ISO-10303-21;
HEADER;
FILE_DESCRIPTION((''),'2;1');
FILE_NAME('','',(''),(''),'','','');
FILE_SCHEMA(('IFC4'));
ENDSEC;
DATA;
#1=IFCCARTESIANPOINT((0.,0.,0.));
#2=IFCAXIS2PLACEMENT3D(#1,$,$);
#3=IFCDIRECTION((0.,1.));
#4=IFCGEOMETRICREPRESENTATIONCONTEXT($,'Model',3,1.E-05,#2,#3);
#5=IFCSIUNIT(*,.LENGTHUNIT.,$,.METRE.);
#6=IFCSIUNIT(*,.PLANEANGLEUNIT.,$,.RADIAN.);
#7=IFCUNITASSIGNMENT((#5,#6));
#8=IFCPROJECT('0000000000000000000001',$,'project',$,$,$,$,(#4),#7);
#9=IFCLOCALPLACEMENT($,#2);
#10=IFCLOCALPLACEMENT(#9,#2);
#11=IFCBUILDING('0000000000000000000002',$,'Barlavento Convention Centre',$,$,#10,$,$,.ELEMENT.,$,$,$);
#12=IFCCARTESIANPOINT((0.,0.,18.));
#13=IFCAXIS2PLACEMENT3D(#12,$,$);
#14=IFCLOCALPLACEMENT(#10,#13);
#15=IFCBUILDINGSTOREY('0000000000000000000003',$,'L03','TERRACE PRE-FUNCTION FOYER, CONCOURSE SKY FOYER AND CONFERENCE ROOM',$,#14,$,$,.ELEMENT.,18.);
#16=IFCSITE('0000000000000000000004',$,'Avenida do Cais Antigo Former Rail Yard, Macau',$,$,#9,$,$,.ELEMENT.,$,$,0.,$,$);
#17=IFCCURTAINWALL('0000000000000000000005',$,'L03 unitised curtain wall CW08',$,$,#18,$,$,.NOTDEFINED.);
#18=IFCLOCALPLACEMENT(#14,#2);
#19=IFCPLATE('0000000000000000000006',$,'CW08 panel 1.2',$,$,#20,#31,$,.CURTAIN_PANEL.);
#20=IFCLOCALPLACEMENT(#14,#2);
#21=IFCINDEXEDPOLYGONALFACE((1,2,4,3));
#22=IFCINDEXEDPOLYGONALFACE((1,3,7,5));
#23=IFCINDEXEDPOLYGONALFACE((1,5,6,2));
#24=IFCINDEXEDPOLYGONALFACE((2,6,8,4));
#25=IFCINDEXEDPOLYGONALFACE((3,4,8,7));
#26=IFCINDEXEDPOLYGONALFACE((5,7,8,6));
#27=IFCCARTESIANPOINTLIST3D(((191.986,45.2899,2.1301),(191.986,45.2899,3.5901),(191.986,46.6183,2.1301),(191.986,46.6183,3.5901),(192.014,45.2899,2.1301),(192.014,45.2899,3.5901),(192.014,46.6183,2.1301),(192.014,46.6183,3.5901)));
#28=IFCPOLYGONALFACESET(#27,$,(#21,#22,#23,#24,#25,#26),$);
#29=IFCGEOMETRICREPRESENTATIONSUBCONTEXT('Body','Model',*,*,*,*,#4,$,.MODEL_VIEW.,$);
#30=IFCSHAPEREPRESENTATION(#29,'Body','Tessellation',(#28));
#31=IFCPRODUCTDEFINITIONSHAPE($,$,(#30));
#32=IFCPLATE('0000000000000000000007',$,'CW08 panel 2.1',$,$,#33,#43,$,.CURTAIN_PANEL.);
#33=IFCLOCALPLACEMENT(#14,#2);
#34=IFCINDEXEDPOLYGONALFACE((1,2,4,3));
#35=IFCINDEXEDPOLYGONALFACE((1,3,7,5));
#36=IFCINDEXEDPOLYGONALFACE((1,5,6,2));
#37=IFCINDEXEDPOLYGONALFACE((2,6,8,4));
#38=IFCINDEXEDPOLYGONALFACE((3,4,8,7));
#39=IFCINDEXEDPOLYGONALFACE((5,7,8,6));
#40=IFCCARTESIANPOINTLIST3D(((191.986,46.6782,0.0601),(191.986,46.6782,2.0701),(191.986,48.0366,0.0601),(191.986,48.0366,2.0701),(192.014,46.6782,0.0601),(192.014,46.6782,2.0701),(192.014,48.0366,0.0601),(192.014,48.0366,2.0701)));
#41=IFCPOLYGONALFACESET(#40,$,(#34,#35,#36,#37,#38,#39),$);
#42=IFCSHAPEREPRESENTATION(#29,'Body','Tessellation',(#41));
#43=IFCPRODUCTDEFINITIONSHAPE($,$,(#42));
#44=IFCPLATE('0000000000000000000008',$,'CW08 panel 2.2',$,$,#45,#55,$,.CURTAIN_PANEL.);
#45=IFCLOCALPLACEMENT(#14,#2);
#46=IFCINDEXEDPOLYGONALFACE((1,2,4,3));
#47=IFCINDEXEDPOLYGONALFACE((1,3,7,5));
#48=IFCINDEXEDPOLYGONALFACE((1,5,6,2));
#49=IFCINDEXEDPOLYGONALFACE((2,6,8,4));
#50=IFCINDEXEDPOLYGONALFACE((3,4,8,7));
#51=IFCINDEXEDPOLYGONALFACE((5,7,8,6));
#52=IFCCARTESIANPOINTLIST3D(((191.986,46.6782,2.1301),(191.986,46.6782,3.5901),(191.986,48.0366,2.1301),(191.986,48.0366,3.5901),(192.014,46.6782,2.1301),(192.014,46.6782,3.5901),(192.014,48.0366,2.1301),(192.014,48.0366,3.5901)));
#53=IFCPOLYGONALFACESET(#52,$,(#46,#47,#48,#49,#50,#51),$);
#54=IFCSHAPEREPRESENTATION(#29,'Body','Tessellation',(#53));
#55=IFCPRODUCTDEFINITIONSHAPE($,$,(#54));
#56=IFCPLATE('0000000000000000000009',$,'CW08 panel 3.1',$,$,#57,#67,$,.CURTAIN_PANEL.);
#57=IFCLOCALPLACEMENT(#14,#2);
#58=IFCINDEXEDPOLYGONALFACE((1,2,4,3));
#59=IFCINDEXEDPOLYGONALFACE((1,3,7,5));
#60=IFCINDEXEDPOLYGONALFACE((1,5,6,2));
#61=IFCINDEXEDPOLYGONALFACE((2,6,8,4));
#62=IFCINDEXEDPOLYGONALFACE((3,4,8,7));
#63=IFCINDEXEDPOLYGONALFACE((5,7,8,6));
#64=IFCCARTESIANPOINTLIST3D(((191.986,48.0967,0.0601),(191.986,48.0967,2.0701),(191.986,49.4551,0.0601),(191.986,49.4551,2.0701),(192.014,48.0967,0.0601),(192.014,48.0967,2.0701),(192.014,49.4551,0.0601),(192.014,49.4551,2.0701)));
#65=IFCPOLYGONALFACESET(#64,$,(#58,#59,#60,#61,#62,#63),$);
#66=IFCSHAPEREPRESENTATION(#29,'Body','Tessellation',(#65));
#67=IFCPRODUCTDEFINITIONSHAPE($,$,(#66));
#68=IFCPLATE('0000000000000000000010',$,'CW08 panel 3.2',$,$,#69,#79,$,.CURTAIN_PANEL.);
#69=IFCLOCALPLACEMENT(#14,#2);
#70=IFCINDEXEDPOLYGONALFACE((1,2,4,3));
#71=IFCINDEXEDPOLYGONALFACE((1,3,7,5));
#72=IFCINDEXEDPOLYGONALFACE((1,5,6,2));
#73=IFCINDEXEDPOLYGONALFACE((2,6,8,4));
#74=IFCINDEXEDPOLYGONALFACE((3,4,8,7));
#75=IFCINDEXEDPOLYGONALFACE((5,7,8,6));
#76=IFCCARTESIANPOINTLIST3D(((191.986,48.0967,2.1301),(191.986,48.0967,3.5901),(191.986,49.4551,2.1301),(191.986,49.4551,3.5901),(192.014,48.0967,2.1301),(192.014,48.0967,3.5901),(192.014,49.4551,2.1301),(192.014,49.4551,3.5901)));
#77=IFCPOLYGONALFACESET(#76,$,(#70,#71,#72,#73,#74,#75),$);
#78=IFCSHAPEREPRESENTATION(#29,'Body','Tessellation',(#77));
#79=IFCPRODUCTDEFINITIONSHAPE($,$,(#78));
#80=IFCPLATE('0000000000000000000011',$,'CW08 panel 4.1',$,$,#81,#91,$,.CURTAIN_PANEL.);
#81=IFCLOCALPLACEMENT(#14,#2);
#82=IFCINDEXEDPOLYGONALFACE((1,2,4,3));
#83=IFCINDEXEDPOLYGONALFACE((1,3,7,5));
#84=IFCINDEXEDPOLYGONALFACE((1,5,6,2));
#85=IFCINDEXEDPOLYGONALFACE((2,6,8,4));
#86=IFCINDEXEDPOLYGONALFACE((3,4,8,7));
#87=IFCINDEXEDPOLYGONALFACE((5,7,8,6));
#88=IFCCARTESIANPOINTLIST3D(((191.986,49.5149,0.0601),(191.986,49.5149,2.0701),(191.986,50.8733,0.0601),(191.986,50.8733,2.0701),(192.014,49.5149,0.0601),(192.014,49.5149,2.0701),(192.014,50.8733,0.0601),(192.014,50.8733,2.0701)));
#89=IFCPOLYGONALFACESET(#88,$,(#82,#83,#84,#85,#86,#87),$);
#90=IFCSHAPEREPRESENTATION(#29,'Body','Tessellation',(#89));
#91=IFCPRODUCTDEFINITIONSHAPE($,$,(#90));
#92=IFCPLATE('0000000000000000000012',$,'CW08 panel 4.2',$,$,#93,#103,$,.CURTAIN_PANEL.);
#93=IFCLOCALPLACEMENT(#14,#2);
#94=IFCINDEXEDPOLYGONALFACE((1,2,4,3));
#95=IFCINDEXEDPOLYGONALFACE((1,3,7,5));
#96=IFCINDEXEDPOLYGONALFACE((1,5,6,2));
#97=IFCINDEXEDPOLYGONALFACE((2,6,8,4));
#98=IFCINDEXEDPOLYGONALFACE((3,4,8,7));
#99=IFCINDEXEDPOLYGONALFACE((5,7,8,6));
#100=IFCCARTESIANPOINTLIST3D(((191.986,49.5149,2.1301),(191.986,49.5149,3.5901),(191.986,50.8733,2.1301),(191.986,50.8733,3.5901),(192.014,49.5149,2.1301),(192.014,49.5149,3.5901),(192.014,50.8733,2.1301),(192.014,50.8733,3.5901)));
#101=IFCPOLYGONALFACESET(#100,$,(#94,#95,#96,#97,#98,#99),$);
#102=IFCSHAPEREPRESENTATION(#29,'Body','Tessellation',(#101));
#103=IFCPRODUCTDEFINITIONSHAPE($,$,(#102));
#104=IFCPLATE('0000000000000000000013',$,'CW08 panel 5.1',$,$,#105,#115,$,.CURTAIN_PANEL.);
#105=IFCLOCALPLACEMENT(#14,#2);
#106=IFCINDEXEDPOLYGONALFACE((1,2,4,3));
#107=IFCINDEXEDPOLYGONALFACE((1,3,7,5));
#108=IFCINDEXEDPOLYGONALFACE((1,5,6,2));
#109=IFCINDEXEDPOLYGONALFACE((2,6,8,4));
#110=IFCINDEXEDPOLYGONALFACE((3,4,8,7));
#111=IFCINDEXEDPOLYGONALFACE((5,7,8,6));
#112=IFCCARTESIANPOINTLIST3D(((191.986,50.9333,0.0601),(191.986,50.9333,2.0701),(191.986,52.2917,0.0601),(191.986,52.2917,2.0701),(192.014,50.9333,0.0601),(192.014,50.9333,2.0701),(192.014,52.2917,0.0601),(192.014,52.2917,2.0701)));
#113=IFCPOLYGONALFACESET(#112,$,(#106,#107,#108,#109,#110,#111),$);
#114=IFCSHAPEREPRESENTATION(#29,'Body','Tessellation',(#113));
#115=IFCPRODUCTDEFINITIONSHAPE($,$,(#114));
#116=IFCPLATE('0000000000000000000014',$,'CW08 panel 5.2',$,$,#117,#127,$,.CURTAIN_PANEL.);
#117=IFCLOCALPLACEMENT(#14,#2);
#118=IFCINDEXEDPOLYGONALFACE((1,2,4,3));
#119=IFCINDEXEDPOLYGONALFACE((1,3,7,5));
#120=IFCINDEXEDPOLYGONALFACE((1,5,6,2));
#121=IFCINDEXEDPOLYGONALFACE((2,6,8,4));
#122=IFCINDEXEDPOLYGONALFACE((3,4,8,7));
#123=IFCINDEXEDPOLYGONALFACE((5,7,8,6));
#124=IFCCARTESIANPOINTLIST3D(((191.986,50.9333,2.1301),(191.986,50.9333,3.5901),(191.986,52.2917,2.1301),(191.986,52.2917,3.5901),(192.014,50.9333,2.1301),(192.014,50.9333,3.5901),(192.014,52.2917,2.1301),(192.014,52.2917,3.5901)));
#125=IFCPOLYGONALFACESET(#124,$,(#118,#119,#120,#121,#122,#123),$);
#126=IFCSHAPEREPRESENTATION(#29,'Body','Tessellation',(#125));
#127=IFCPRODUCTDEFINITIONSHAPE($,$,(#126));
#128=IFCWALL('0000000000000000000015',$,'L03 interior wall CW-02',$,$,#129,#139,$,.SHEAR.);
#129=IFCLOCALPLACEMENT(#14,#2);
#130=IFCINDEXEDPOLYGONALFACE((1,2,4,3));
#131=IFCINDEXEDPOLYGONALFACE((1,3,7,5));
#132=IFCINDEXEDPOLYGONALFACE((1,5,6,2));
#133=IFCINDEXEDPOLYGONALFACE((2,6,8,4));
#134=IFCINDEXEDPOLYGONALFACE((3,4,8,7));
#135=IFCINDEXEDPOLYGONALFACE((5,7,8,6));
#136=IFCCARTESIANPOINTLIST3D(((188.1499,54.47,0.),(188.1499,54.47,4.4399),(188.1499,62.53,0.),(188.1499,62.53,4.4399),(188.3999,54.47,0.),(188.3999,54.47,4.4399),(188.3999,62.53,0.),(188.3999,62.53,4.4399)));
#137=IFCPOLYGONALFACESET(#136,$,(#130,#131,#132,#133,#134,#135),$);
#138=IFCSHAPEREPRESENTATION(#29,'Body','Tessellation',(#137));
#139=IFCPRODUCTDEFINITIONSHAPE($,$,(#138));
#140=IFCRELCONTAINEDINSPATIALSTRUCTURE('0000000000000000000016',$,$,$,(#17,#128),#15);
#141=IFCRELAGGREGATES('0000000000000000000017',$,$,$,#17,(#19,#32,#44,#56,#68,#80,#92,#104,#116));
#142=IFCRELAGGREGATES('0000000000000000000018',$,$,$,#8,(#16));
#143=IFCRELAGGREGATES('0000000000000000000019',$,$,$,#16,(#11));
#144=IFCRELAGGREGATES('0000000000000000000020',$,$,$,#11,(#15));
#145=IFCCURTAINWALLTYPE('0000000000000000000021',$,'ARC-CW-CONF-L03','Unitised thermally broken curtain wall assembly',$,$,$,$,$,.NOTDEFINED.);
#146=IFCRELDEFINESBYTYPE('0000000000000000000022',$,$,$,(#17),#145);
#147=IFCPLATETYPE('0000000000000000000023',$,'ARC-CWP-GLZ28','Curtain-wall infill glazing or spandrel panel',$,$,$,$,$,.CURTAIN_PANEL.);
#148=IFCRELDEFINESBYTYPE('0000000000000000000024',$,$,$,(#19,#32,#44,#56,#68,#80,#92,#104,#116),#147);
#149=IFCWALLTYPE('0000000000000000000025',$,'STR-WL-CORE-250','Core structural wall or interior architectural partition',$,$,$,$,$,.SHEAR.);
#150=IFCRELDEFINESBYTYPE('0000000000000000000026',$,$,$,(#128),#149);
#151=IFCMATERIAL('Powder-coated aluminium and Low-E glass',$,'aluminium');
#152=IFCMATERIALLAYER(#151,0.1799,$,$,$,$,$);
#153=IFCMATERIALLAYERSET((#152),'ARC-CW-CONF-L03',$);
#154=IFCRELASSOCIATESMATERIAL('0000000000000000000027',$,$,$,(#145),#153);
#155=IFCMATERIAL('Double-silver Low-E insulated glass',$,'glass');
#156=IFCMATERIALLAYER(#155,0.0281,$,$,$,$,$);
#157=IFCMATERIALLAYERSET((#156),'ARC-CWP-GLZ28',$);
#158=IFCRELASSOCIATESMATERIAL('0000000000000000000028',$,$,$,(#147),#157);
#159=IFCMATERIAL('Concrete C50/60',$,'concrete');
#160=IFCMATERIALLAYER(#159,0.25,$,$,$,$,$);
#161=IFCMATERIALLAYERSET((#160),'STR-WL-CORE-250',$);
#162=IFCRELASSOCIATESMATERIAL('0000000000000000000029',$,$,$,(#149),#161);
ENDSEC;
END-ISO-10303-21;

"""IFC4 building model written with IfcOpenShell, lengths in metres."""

from ifc_helpers import new_model, si_unit, direction, frame, frame_2d, origin, origin_2d, place, context, subcontext, project, spatial, rectangle, extrude, material, layer, layer_set, type_object, element, aggregate, save


model = new_model("IFC4")

# Units and contexts
model_context = context("Model", 3, precision=1e-05, world=origin(), true_north=direction((0.0, 1.0)))
body_context = subcontext(model_context, "Body", "Model", "MODEL_VIEW")
ifc_project = project(units=[si_unit("LENGTHUNIT", "METRE"), si_unit("PLANEANGLEUNIT", "RADIAN")], contexts=[model_context])

# Site, building, storey
site_placement = place(None, origin())
site = spatial("IfcSite", under=ifc_project, at=site_placement, Name="Avenida do Cais Antigo Former Rail Yard, Macau", CompositionType="ELEMENT", RefElevation=0.0)
building_placement = place(site_placement, origin())
building = spatial("IfcBuilding", under=site, at=building_placement, Name="Barlavento Convention Centre", CompositionType="ELEMENT")
storey_placement = place(building_placement, frame((0.0, 0.0, 18.0)))
storey = spatial("IfcBuildingStorey", under=building, at=storey_placement, Name="L03", Description="TERRACE PRE-FUNCTION FOYER, CONCOURSE SKY FOYER AND CONFERENCE ROOM", CompositionType="ELEMENT", Elevation=18.0)

# Curtain wall
ifc_material_1 = material(Name="Powder-coated aluminium and Low-E glass", Category="aluminium")
ifc_layer_1 = layer(ifc_material_1, 0.1799)
ifc_layer_set_1 = layer_set([ifc_layer_1], Name="ARC-CW-CONF-L03")
curtain_wall_type = type_object("IfcCurtainWallType", Name="ARC-CW-CONF-L03", Description="Unitised thermally broken curtain wall assembly", PredefinedType="NOTDEFINED", material=ifc_layer_set_1)
curtain_wall_placement = place(storey_placement, origin())
curtain_wall = element("IfcCurtainWall", 1, at=curtain_wall_placement, inside=storey, type_object=curtain_wall_type, Name="L03 unitised curtain wall CW08", PredefinedType="NOTDEFINED")

# Plates
ifc_material_2 = material(Name="Double-silver Low-E insulated glass", Category="glass")
ifc_layer_2 = layer(ifc_material_2, 0.0281)
ifc_layer_set_2 = layer_set([ifc_layer_2], Name="ARC-CWP-GLZ28")
plate_type = type_object("IfcPlateType", Name="ARC-CWP-GLZ28", Description="Curtain-wall infill glazing or spandrel panel", PredefinedType="CURTAIN_PANEL", material=ifc_layer_set_2)
plate_1_placement = place(storey_placement, frame((192.0, 45.9541, 2.1301), z_axis=(0.0, 0.0, 1.0), x_axis=(0.0, 1.0, 0.0)))
plate_1 = element("IfcPlate", 2, at=plate_1_placement, type_object=plate_type, Name="CW08 panel 1.2", PredefinedType="CURTAIN_PANEL", context=body_context, shape_type="SweptSolid", body=[
    extrude(rectangle(XDim=1.3284, YDim=0.0281, at=origin_2d()), origin(), (0.0, 0.0, 1.0), 1.46),
])
plate_2_placement = place(storey_placement, frame((192.0, 47.3574, 0.0601), z_axis=(0.0, 0.0, 1.0), x_axis=(0.0, 1.0, 0.0)))
plate_2 = element("IfcPlate", 3, at=plate_2_placement, type_object=plate_type, Name="CW08 panel 2.1", PredefinedType="CURTAIN_PANEL", context=body_context, shape_type="SweptSolid", body=[
    extrude(rectangle(XDim=1.3584, YDim=0.0281, at=origin_2d()), origin(), (0.0, 0.0, 1.0), 2.01),
])
plate_3_placement = place(storey_placement, frame((192.0, 47.3574, 2.1301), z_axis=(0.0, 0.0, 1.0), x_axis=(0.0, 1.0, 0.0)))
plate_3 = element("IfcPlate", 4, at=plate_3_placement, type_object=plate_type, Name="CW08 panel 2.2", PredefinedType="CURTAIN_PANEL", context=body_context, shape_type="SweptSolid", body=[
    extrude(rectangle(XDim=1.3584, YDim=0.0281, at=origin_2d()), origin(), (0.0, 0.0, 1.0), 1.46),
])
plate_4_placement = place(storey_placement, frame((192.0, 48.7759, 0.0601), z_axis=(0.0, 0.0, 1.0), x_axis=(0.0, 1.0, 0.0)))
plate_4 = element("IfcPlate", 5, at=plate_4_placement, type_object=plate_type, Name="CW08 panel 3.1", PredefinedType="CURTAIN_PANEL", context=body_context, shape_type="SweptSolid", body=[
    extrude(rectangle(XDim=1.3584, YDim=0.0281, at=origin_2d()), origin(), (0.0, 0.0, 1.0), 2.01),
])
plate_5_placement = place(storey_placement, frame((192.0, 48.7759, 2.1301), z_axis=(0.0, 0.0, 1.0), x_axis=(0.0, 1.0, 0.0)))
plate_5 = element("IfcPlate", 6, at=plate_5_placement, type_object=plate_type, Name="CW08 panel 3.2", PredefinedType="CURTAIN_PANEL", context=body_context, shape_type="SweptSolid", body=[
    extrude(rectangle(XDim=1.3584, YDim=0.0281, at=origin_2d()), origin(), (0.0, 0.0, 1.0), 1.46),
])
plate_6_placement = place(storey_placement, frame((192.0, 50.1941, 0.0601), z_axis=(0.0, 0.0, 1.0), x_axis=(0.0, 1.0, 0.0)))
plate_6 = element("IfcPlate", 7, at=plate_6_placement, type_object=plate_type, Name="CW08 panel 4.1", PredefinedType="CURTAIN_PANEL", context=body_context, shape_type="SweptSolid", body=[
    extrude(rectangle(XDim=1.3584, YDim=0.0281, at=origin_2d()), origin(), (0.0, 0.0, 1.0), 2.01),
])
plate_7_placement = place(storey_placement, frame((192.0, 50.1941, 2.1301), z_axis=(0.0, 0.0, 1.0), x_axis=(0.0, 1.0, 0.0)))
plate_7 = element("IfcPlate", 8, at=plate_7_placement, type_object=plate_type, Name="CW08 panel 4.2", PredefinedType="CURTAIN_PANEL", context=body_context, shape_type="SweptSolid", body=[
    extrude(rectangle(XDim=1.3584, YDim=0.0281, at=origin_2d()), origin(), (0.0, 0.0, 1.0), 1.46),
])
plate_8_placement = place(storey_placement, frame((192.0, 51.6125, 0.0601), z_axis=(0.0, 0.0, 1.0), x_axis=(0.0, 1.0, 0.0)))
plate_8 = element("IfcPlate", 9, at=plate_8_placement, type_object=plate_type, Name="CW08 panel 5.1", PredefinedType="CURTAIN_PANEL", context=body_context, shape_type="SweptSolid", body=[
    extrude(rectangle(XDim=1.3584, YDim=0.0281, at=origin_2d()), origin(), (0.0, 0.0, 1.0), 2.01),
])
plate_9_placement = place(storey_placement, frame((192.0, 51.6125, 2.1301), z_axis=(0.0, 0.0, 1.0), x_axis=(0.0, 1.0, 0.0)))
plate_9 = element("IfcPlate", 10, at=plate_9_placement, type_object=plate_type, Name="CW08 panel 5.2", PredefinedType="CURTAIN_PANEL", context=body_context, shape_type="SweptSolid", body=[
    extrude(rectangle(XDim=1.3584, YDim=0.0281, at=origin_2d()), origin(), (0.0, 0.0, 1.0), 1.46),
])
aggregate(curtain_wall, [plate_1, plate_2, plate_3, plate_4, plate_5, plate_6, plate_7, plate_8, plate_9])

# Wall
ifc_material_3 = material(Name="Concrete C50/60", Category="concrete")
ifc_layer_3 = layer(ifc_material_3, 0.25)
ifc_layer_set_3 = layer_set([ifc_layer_3], Name="STR-WL-CORE-250")
wall_type = type_object("IfcWallType", Name="STR-WL-CORE-250", Description="Core structural wall or interior architectural partition", PredefinedType="SHEAR", material=ifc_layer_set_3)
wall_placement = place(storey_placement, frame((188.2749, 54.47, 0.0), z_axis=(0.0, 0.0, 1.0), x_axis=(0.0, 1.0, 0.0)))
element("IfcWall", 11, at=wall_placement, inside=storey, type_object=wall_type, Name="L03 interior wall CW-02", PredefinedType="SHEAR", context=body_context, shape_type="SweptSolid", body=[
    extrude(rectangle(XDim=8.0601, YDim=0.25, at=frame_2d((4.03, 0.0))), origin(), (0.0, 0.0, 1.0), 4.4399),
])

save(model, "model.ifc")
